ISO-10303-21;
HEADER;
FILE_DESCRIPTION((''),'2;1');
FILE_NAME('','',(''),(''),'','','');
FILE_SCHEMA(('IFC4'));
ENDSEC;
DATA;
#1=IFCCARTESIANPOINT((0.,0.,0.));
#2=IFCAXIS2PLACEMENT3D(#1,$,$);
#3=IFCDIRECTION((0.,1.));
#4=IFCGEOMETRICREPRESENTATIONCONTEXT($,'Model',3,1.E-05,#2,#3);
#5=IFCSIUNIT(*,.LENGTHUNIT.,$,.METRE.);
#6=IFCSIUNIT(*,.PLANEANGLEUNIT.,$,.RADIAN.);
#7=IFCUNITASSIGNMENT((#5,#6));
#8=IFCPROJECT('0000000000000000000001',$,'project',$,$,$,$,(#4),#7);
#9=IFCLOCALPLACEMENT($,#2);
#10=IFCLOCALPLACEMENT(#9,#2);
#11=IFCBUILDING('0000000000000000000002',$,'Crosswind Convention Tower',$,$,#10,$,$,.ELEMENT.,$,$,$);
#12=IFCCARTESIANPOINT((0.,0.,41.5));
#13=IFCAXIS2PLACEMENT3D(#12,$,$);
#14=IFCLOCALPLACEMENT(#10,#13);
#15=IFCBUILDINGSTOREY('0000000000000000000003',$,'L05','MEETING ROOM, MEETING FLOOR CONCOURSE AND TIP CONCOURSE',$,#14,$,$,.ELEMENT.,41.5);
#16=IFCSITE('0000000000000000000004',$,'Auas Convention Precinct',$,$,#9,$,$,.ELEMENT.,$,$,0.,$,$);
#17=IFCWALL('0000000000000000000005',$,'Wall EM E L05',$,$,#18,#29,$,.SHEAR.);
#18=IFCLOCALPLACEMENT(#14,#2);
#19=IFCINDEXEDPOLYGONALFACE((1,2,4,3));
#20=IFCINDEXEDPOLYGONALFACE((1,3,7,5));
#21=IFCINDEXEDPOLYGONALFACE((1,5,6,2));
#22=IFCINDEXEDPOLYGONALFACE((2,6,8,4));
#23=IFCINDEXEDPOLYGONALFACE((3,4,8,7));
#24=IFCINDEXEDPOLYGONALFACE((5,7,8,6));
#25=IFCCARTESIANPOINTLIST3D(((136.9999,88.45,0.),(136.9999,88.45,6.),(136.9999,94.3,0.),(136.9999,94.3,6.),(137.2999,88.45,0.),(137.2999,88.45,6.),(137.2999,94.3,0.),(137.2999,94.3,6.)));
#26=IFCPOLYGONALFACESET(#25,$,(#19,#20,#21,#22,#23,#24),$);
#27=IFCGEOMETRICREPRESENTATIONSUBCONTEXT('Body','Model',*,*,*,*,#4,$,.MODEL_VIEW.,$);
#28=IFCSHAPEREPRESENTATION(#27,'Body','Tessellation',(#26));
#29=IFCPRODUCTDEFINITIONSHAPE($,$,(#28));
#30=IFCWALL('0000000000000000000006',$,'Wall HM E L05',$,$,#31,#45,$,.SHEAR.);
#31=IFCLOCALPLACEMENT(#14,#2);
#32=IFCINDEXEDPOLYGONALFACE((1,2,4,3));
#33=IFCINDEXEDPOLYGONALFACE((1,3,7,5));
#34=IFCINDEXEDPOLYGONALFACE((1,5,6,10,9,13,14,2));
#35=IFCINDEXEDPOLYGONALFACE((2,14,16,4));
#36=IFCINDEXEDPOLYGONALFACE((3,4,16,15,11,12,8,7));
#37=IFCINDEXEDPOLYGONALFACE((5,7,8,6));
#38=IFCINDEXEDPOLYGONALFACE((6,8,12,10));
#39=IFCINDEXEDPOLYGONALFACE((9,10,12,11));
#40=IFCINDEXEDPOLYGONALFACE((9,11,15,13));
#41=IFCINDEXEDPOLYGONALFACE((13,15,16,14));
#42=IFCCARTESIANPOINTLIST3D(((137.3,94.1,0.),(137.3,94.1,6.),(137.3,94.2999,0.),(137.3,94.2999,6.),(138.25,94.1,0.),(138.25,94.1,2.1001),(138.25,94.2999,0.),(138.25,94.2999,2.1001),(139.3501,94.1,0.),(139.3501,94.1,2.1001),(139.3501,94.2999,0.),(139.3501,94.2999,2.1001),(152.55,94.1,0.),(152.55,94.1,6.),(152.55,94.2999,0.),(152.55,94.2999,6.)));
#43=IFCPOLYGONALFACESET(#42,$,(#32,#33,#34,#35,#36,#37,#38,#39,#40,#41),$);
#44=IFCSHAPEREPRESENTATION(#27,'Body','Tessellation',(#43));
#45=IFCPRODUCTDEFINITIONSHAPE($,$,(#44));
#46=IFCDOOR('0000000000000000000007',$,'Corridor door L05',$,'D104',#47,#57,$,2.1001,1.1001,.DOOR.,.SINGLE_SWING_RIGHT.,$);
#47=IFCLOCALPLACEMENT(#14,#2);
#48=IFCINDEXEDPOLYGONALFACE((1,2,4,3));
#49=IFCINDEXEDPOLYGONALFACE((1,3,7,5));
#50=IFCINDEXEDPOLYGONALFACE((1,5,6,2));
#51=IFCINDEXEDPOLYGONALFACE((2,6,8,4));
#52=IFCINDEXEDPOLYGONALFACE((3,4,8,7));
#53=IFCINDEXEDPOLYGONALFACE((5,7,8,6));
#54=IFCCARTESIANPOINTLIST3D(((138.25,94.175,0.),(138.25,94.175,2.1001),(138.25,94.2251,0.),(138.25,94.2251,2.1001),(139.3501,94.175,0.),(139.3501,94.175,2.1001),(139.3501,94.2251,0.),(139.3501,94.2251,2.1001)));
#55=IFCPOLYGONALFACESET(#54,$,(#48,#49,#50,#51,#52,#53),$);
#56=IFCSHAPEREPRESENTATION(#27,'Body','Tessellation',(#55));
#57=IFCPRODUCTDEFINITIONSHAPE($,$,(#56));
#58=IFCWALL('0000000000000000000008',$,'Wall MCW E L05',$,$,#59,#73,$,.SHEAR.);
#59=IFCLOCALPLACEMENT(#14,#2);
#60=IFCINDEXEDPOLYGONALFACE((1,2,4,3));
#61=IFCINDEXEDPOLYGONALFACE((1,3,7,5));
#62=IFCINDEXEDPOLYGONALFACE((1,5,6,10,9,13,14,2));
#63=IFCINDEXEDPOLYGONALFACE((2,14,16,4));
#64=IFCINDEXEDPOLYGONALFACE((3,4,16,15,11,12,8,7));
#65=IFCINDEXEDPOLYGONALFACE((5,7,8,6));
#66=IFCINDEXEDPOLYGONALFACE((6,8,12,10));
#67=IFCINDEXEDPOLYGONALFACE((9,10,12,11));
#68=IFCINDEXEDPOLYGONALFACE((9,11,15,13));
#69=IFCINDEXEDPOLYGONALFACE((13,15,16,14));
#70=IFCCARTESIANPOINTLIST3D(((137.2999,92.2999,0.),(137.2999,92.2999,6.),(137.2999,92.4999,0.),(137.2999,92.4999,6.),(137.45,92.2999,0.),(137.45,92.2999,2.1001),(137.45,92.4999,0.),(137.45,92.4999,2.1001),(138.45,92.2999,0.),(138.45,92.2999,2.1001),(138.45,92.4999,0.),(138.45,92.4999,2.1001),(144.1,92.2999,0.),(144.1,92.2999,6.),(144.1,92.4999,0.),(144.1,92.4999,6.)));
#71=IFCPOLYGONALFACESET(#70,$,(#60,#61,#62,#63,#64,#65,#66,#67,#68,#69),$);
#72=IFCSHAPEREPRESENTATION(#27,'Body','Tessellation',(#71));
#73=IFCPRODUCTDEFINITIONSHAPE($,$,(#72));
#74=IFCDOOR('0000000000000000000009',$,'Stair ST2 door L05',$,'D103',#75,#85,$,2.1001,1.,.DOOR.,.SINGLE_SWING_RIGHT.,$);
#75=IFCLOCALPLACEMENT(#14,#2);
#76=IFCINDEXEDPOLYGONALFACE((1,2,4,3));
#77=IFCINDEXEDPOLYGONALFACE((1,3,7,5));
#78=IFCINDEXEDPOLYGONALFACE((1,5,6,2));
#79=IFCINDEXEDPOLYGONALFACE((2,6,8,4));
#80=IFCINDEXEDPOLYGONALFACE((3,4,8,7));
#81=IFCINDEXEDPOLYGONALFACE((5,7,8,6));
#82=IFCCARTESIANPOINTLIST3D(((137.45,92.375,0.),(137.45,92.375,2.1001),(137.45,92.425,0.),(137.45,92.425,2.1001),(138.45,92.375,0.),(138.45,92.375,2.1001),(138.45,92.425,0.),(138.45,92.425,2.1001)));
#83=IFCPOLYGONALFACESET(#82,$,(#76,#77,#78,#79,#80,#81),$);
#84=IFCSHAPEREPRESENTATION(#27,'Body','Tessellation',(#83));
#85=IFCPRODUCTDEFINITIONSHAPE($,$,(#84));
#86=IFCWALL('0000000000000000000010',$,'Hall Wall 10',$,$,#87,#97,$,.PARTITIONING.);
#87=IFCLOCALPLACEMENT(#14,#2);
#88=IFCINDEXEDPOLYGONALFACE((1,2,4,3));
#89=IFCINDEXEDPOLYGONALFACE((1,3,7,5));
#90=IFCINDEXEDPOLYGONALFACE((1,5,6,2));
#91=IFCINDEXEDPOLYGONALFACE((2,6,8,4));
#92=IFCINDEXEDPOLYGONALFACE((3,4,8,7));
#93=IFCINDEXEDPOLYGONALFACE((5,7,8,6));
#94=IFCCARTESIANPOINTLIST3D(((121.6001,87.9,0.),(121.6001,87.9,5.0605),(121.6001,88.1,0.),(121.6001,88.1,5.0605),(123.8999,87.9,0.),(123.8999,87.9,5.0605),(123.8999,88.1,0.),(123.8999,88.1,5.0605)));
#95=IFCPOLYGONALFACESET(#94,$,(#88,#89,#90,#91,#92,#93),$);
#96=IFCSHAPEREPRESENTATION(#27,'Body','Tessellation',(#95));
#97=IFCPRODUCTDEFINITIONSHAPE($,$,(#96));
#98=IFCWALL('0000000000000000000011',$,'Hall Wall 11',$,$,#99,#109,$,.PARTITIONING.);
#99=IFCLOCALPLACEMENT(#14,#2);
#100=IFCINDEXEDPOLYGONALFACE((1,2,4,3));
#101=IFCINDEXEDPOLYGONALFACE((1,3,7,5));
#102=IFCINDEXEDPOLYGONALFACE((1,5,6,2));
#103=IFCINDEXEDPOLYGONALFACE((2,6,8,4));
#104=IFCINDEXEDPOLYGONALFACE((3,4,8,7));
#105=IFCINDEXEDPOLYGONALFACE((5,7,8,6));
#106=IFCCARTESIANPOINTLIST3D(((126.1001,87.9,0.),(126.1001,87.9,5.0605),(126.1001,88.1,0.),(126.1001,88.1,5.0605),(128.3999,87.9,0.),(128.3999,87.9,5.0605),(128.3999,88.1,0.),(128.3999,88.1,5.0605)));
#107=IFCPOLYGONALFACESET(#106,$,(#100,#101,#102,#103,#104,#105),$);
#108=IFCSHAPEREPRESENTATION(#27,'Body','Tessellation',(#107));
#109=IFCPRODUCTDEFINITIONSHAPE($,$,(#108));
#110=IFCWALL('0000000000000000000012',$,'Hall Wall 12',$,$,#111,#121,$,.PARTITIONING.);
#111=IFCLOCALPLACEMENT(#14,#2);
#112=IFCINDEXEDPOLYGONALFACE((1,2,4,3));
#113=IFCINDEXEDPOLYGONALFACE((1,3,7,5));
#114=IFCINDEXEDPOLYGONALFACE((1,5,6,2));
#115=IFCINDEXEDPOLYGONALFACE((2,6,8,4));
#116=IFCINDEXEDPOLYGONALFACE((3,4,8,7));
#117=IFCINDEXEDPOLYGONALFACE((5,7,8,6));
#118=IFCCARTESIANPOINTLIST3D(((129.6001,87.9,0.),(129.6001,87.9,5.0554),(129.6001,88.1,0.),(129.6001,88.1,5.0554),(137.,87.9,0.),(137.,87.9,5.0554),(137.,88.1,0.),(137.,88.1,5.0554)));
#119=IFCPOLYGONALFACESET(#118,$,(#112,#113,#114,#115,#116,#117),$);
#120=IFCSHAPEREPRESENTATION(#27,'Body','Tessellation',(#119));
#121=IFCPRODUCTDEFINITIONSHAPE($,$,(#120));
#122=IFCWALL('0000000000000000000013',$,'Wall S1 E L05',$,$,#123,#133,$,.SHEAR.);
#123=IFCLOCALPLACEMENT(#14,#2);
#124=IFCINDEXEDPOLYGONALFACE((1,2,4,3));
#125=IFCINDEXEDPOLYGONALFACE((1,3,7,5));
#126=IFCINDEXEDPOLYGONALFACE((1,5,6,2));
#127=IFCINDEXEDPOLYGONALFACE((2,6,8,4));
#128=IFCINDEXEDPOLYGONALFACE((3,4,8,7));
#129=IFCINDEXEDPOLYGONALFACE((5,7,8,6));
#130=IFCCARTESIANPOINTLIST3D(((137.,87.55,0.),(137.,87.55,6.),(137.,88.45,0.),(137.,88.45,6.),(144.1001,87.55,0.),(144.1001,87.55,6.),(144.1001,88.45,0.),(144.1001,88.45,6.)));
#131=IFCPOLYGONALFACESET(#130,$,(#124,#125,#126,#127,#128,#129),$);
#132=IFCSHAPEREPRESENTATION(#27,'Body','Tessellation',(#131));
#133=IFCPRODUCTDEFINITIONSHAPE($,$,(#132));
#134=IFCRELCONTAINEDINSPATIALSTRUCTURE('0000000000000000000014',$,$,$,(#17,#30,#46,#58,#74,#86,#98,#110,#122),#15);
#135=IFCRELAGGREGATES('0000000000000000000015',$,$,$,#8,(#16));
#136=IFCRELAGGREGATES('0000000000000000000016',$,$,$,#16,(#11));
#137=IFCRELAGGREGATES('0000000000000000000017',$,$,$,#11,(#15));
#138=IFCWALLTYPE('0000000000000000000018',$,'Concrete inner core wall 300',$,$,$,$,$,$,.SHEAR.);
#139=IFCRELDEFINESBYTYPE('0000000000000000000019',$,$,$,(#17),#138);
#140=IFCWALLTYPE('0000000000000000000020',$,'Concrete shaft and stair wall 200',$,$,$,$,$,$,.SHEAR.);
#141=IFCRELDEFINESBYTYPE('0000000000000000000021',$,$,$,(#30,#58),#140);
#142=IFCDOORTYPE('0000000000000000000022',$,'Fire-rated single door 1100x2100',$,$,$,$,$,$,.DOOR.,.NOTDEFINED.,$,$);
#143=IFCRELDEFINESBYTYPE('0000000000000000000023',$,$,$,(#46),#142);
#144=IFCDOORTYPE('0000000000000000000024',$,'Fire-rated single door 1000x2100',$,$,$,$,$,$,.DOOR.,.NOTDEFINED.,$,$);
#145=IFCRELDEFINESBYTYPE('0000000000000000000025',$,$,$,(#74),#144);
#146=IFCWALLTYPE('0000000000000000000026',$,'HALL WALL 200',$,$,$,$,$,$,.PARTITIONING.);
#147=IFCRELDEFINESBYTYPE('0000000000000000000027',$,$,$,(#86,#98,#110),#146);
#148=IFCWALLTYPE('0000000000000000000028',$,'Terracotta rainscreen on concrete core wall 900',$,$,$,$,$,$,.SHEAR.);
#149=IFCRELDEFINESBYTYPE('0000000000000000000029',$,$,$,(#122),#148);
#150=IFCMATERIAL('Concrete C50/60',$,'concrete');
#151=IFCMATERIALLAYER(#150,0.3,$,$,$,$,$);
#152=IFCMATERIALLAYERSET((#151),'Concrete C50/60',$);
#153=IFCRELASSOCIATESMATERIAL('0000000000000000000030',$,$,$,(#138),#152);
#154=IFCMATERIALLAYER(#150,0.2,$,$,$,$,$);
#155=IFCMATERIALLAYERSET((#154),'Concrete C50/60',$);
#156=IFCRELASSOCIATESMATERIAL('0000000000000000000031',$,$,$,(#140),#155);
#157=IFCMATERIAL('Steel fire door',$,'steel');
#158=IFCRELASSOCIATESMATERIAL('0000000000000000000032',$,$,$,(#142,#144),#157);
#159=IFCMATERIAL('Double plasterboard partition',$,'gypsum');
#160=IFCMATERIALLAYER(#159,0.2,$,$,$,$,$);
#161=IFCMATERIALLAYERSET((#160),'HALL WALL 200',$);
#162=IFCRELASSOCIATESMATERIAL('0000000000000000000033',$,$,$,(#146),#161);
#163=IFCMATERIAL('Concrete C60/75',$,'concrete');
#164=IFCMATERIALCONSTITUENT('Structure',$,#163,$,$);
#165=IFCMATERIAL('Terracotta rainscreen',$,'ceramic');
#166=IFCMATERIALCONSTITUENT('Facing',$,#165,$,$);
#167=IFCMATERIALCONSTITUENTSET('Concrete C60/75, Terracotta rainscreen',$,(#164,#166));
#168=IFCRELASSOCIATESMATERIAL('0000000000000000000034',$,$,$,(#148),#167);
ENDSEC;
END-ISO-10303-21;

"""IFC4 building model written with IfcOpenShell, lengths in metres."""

from ifc_helpers import new_model, si_unit, direction, frame, frame_2d, origin, place, context, subcontext, project, spatial, rectangle, extrude, material, layer, layer_set, constituent, constituent_set, type_object, element, fill, save


model = new_model("IFC4")

# Units and contexts
model_context = context("Model", 3, precision=1e-05, world=origin(), true_north=direction((0.0, 1.0)))
body_context = subcontext(model_context, "Body", "Model", "MODEL_VIEW")
ifc_project = project(units=[si_unit("LENGTHUNIT", "METRE"), si_unit("PLANEANGLEUNIT", "RADIAN")], contexts=[model_context])

# Site, building, storey
site_placement = place(None, origin())
site = spatial("IfcSite", under=ifc_project, at=site_placement, Name="Auas Convention Precinct", CompositionType="ELEMENT", RefElevation=0.0)
building_placement = place(site_placement, origin())
building = spatial("IfcBuilding", under=site, at=building_placement, Name="Crosswind Convention Tower", CompositionType="ELEMENT")
storey_placement = place(building_placement, frame((0.0, 0.0, 41.5)))
storey = spatial("IfcBuildingStorey", under=building, at=storey_placement, Name="L05", Description="MEETING ROOM, MEETING FLOOR CONCOURSE AND TIP CONCOURSE", CompositionType="ELEMENT", Elevation=41.5)

# Shared definitions
ifc_material_1 = material(Name="Concrete C50/60", Category="concrete")
ifc_layer_1 = layer(ifc_material_1, 0.3)
ifc_layer_set_1 = layer_set([ifc_layer_1], Name="Concrete C50/60")
wall_type_1 = type_object("IfcWallType", Name="Concrete inner core wall 300", PredefinedType="SHEAR", material=ifc_layer_set_1)

# Wall
wall_1_placement = place(storey_placement, frame((137.1499, 88.45, 0.0), z_axis=(0.0, 0.0, 1.0), x_axis=(0.0, 1.0, 0.0)))
element("IfcWall", 1, at=wall_1_placement, inside=storey, type_object=wall_type_1, Name="Wall EM E L05", PredefinedType="SHEAR", context=body_context, shape_type="SweptSolid", body=[
    extrude(rectangle(XDim=5.8501, YDim=0.3, at=frame_2d((2.925, 0.0))), origin(), (0.0, 0.0, 1.0), 6.0),
])

# Walls, openings, doors
ifc_layer_2 = layer(ifc_material_1, 0.2)
ifc_layer_set_2 = layer_set([ifc_layer_2], Name="Concrete C50/60")
wall_type_2 = type_object("IfcWallType", Name="Concrete shaft and stair wall 200", PredefinedType="SHEAR", material=ifc_layer_set_2)
wall_2_placement = place(storey_placement, frame((137.3, 94.2, 0.0), z_axis=(0.0, 0.0, 1.0), x_axis=(1.0, 0.0, 0.0)))
wall_2 = element("IfcWall", 2, at=wall_2_placement, inside=storey, type_object=wall_type_2, Name="Wall HM E L05", PredefinedType="SHEAR", context=body_context, shape_type="SweptSolid", body=[
    extrude(rectangle(XDim=15.25, YDim=0.2, at=frame_2d((7.625, 0.0))), origin(), (0.0, 0.0, 1.0), 6.0),
])
opening_1_placement = place(wall_2_placement, frame((0.95, 0.0, 0.0)))
opening_1 = element("IfcOpeningElement", 3, at=opening_1_placement, cuts=wall_2, PredefinedType="OPENING", context=body_context, shape_type="SweptSolid", body=[
    extrude(rectangle(XDim=1.1001, YDim=2.1001, at=frame_2d((0.55, 1.05))), frame((0.0, 0.1099, 0.0), z_axis=(0.0, -1.0, 0.0), x_axis=(1.0, 0.0, 0.0)), (0.0, 0.0, 1.0), 0.22),
])
ifc_material_2 = material(Name="Steel fire door", Category="steel")
door_type_1 = type_object("IfcDoorType", Name="Fire-rated single door 1100x2100", OperationType="NOTDEFINED", PredefinedType="DOOR", material=ifc_material_2)
door_1_placement = place(opening_1_placement, frame((1.1001, 0.0, 0.0), z_axis=(0.0, 0.0, 1.0), x_axis=(-1.0, 0.0, 0.0)))
door_1 = element("IfcDoor", 4, at=door_1_placement, inside=storey, type_object=door_type_1, Name="Corridor door L05", ObjectType="D104", OperationType="SINGLE_SWING_RIGHT", OverallHeight=2.1001, OverallWidth=1.1001, PredefinedType="DOOR", context=body_context, shape_type="SweptSolid", body=[
    extrude(rectangle(XDim=1.1001, YDim=2.1001, at=frame_2d((0.55, 1.05))), frame((0.0, 0.0249, 0.0), z_axis=(0.0, -1.0, 0.0), x_axis=(1.0, 0.0, 0.0)), (0.0, 0.0, 1.0), 0.05),
])
fill(opening_1, door_1)
wall_3_placement = place(storey_placement, frame((137.3, 92.3999, 0.0), z_axis=(0.0, 0.0, 1.0), x_axis=(1.0, 0.0, 0.0)))
wall_3 = element("IfcWall", 5, at=wall_3_placement, inside=storey, type_object=wall_type_2, Name="Wall MCW E L05", PredefinedType="SHEAR", context=body_context, shape_type="SweptSolid", body=[
    extrude(rectangle(XDim=6.8, YDim=0.2, at=frame_2d((3.3999, 0.0))), origin(), (0.0, 0.0, 1.0), 6.0),
])
opening_2_placement = place(wall_3_placement, frame((0.1499, 0.0, 0.0)))
opening_2 = element("IfcOpeningElement", 6, at=opening_2_placement, cuts=wall_3, PredefinedType="OPENING", context=body_context, shape_type="SweptSolid", body=[
    extrude(rectangle(XDim=1.0, YDim=2.1001, at=frame_2d((0.5, 1.05))), frame((0.0, 0.1099, 0.0), z_axis=(0.0, -1.0, 0.0), x_axis=(1.0, 0.0, 0.0)), (0.0, 0.0, 1.0), 0.22),
])
door_type_2 = type_object("IfcDoorType", Name="Fire-rated single door 1000x2100", OperationType="NOTDEFINED", PredefinedType="DOOR", material=ifc_material_2)
door_2_placement = place(opening_2_placement, frame((1.0, 0.0, 0.0), z_axis=(0.0, 0.0, 1.0), x_axis=(-1.0, 0.0, 0.0)))
door_2 = element("IfcDoor", 7, at=door_2_placement, inside=storey, type_object=door_type_2, Name="Stair ST2 door L05", ObjectType="D103", OperationType="SINGLE_SWING_RIGHT", OverallHeight=2.1001, OverallWidth=1.0, PredefinedType="DOOR", context=body_context, shape_type="SweptSolid", body=[
    extrude(rectangle(XDim=1.0, YDim=2.1001, at=frame_2d((0.5, 1.05))), frame((0.0, 0.0249, 0.0), z_axis=(0.0, -1.0, 0.0), x_axis=(1.0, 0.0, 0.0)), (0.0, 0.0, 1.0), 0.05),
])
fill(opening_2, door_2)

# Walls
ifc_material_3 = material(Name="Double plasterboard partition", Category="gypsum")
ifc_layer_3 = layer(ifc_material_3, 0.2)
ifc_layer_set_3 = layer_set([ifc_layer_3], Name="HALL WALL 200")
wall_type_3 = type_object("IfcWallType", Name="HALL WALL 200", PredefinedType="PARTITIONING", material=ifc_layer_set_3)
for number, where, z_axis, x_axis, name in (
    (8, (121.6001, 88.0, 0.0), (0.0, 0.0, 1.0), (1.0, 0.0, 0.0), "Hall Wall 10"),
    (9, (126.1001, 88.0, 0.0), (0.0, 0.0, 1.0), (1.0, 0.0, 0.0), "Hall Wall 11"),
):
    element("IfcWall", number, at=place(storey_placement, frame(where, z_axis=z_axis, x_axis=x_axis)), inside=storey, type_object=wall_type_3, Name=name, PredefinedType="PARTITIONING", context=body_context, shape_type="SweptSolid", body=[
        extrude(rectangle(XDim=2.2998, YDim=0.2, at=frame_2d((1.1499, 0.0))), origin(), (0.0, 0.0, 1.0), 5.0605),
    ])
wall_4_placement = place(storey_placement, frame((129.6001, 88.0, 0.0), z_axis=(0.0, 0.0, 1.0), x_axis=(1.0, 0.0, 0.0)))
element("IfcWall", 10, at=wall_4_placement, inside=storey, type_object=wall_type_3, Name="Hall Wall 12", PredefinedType="PARTITIONING", context=body_context, shape_type="SweptSolid", body=[
    extrude(rectangle(XDim=7.3999, YDim=0.2, at=frame_2d((3.7, 0.0))), origin(), (0.0, 0.0, 1.0), 5.0554),
])
ifc_material_4 = material(Name="Concrete C60/75", Category="concrete")
ifc_constituent_1 = constituent(ifc_material_4, Name="Structure")
ifc_material_5 = material(Name="Terracotta rainscreen", Category="ceramic")
ifc_constituent_2 = constituent(ifc_material_5, Name="Facing")
ifc_constituent_set = constituent_set(constituents=[ifc_constituent_1, ifc_constituent_2], Name="Concrete C60/75, Terracotta rainscreen")
wall_type_4 = type_object("IfcWallType", Name="Terracotta rainscreen on concrete core wall 900", PredefinedType="SHEAR", material=ifc_constituent_set)
wall_5_placement = place(storey_placement, frame((137.0, 88.0, 0.0), z_axis=(0.0, 0.0, 1.0), x_axis=(1.0, 0.0, 0.0)))
element("IfcWall", 11, at=wall_5_placement, inside=storey, type_object=wall_type_4, Name="Wall S1 E L05", PredefinedType="SHEAR", context=body_context, shape_type="SweptSolid", body=[
    extrude(rectangle(XDim=7.1001, YDim=0.8999, at=frame_2d((3.55, 0.0))), origin(), (0.0, 0.0, 1.0), 6.0),
])

save(model, "model.ifc")
